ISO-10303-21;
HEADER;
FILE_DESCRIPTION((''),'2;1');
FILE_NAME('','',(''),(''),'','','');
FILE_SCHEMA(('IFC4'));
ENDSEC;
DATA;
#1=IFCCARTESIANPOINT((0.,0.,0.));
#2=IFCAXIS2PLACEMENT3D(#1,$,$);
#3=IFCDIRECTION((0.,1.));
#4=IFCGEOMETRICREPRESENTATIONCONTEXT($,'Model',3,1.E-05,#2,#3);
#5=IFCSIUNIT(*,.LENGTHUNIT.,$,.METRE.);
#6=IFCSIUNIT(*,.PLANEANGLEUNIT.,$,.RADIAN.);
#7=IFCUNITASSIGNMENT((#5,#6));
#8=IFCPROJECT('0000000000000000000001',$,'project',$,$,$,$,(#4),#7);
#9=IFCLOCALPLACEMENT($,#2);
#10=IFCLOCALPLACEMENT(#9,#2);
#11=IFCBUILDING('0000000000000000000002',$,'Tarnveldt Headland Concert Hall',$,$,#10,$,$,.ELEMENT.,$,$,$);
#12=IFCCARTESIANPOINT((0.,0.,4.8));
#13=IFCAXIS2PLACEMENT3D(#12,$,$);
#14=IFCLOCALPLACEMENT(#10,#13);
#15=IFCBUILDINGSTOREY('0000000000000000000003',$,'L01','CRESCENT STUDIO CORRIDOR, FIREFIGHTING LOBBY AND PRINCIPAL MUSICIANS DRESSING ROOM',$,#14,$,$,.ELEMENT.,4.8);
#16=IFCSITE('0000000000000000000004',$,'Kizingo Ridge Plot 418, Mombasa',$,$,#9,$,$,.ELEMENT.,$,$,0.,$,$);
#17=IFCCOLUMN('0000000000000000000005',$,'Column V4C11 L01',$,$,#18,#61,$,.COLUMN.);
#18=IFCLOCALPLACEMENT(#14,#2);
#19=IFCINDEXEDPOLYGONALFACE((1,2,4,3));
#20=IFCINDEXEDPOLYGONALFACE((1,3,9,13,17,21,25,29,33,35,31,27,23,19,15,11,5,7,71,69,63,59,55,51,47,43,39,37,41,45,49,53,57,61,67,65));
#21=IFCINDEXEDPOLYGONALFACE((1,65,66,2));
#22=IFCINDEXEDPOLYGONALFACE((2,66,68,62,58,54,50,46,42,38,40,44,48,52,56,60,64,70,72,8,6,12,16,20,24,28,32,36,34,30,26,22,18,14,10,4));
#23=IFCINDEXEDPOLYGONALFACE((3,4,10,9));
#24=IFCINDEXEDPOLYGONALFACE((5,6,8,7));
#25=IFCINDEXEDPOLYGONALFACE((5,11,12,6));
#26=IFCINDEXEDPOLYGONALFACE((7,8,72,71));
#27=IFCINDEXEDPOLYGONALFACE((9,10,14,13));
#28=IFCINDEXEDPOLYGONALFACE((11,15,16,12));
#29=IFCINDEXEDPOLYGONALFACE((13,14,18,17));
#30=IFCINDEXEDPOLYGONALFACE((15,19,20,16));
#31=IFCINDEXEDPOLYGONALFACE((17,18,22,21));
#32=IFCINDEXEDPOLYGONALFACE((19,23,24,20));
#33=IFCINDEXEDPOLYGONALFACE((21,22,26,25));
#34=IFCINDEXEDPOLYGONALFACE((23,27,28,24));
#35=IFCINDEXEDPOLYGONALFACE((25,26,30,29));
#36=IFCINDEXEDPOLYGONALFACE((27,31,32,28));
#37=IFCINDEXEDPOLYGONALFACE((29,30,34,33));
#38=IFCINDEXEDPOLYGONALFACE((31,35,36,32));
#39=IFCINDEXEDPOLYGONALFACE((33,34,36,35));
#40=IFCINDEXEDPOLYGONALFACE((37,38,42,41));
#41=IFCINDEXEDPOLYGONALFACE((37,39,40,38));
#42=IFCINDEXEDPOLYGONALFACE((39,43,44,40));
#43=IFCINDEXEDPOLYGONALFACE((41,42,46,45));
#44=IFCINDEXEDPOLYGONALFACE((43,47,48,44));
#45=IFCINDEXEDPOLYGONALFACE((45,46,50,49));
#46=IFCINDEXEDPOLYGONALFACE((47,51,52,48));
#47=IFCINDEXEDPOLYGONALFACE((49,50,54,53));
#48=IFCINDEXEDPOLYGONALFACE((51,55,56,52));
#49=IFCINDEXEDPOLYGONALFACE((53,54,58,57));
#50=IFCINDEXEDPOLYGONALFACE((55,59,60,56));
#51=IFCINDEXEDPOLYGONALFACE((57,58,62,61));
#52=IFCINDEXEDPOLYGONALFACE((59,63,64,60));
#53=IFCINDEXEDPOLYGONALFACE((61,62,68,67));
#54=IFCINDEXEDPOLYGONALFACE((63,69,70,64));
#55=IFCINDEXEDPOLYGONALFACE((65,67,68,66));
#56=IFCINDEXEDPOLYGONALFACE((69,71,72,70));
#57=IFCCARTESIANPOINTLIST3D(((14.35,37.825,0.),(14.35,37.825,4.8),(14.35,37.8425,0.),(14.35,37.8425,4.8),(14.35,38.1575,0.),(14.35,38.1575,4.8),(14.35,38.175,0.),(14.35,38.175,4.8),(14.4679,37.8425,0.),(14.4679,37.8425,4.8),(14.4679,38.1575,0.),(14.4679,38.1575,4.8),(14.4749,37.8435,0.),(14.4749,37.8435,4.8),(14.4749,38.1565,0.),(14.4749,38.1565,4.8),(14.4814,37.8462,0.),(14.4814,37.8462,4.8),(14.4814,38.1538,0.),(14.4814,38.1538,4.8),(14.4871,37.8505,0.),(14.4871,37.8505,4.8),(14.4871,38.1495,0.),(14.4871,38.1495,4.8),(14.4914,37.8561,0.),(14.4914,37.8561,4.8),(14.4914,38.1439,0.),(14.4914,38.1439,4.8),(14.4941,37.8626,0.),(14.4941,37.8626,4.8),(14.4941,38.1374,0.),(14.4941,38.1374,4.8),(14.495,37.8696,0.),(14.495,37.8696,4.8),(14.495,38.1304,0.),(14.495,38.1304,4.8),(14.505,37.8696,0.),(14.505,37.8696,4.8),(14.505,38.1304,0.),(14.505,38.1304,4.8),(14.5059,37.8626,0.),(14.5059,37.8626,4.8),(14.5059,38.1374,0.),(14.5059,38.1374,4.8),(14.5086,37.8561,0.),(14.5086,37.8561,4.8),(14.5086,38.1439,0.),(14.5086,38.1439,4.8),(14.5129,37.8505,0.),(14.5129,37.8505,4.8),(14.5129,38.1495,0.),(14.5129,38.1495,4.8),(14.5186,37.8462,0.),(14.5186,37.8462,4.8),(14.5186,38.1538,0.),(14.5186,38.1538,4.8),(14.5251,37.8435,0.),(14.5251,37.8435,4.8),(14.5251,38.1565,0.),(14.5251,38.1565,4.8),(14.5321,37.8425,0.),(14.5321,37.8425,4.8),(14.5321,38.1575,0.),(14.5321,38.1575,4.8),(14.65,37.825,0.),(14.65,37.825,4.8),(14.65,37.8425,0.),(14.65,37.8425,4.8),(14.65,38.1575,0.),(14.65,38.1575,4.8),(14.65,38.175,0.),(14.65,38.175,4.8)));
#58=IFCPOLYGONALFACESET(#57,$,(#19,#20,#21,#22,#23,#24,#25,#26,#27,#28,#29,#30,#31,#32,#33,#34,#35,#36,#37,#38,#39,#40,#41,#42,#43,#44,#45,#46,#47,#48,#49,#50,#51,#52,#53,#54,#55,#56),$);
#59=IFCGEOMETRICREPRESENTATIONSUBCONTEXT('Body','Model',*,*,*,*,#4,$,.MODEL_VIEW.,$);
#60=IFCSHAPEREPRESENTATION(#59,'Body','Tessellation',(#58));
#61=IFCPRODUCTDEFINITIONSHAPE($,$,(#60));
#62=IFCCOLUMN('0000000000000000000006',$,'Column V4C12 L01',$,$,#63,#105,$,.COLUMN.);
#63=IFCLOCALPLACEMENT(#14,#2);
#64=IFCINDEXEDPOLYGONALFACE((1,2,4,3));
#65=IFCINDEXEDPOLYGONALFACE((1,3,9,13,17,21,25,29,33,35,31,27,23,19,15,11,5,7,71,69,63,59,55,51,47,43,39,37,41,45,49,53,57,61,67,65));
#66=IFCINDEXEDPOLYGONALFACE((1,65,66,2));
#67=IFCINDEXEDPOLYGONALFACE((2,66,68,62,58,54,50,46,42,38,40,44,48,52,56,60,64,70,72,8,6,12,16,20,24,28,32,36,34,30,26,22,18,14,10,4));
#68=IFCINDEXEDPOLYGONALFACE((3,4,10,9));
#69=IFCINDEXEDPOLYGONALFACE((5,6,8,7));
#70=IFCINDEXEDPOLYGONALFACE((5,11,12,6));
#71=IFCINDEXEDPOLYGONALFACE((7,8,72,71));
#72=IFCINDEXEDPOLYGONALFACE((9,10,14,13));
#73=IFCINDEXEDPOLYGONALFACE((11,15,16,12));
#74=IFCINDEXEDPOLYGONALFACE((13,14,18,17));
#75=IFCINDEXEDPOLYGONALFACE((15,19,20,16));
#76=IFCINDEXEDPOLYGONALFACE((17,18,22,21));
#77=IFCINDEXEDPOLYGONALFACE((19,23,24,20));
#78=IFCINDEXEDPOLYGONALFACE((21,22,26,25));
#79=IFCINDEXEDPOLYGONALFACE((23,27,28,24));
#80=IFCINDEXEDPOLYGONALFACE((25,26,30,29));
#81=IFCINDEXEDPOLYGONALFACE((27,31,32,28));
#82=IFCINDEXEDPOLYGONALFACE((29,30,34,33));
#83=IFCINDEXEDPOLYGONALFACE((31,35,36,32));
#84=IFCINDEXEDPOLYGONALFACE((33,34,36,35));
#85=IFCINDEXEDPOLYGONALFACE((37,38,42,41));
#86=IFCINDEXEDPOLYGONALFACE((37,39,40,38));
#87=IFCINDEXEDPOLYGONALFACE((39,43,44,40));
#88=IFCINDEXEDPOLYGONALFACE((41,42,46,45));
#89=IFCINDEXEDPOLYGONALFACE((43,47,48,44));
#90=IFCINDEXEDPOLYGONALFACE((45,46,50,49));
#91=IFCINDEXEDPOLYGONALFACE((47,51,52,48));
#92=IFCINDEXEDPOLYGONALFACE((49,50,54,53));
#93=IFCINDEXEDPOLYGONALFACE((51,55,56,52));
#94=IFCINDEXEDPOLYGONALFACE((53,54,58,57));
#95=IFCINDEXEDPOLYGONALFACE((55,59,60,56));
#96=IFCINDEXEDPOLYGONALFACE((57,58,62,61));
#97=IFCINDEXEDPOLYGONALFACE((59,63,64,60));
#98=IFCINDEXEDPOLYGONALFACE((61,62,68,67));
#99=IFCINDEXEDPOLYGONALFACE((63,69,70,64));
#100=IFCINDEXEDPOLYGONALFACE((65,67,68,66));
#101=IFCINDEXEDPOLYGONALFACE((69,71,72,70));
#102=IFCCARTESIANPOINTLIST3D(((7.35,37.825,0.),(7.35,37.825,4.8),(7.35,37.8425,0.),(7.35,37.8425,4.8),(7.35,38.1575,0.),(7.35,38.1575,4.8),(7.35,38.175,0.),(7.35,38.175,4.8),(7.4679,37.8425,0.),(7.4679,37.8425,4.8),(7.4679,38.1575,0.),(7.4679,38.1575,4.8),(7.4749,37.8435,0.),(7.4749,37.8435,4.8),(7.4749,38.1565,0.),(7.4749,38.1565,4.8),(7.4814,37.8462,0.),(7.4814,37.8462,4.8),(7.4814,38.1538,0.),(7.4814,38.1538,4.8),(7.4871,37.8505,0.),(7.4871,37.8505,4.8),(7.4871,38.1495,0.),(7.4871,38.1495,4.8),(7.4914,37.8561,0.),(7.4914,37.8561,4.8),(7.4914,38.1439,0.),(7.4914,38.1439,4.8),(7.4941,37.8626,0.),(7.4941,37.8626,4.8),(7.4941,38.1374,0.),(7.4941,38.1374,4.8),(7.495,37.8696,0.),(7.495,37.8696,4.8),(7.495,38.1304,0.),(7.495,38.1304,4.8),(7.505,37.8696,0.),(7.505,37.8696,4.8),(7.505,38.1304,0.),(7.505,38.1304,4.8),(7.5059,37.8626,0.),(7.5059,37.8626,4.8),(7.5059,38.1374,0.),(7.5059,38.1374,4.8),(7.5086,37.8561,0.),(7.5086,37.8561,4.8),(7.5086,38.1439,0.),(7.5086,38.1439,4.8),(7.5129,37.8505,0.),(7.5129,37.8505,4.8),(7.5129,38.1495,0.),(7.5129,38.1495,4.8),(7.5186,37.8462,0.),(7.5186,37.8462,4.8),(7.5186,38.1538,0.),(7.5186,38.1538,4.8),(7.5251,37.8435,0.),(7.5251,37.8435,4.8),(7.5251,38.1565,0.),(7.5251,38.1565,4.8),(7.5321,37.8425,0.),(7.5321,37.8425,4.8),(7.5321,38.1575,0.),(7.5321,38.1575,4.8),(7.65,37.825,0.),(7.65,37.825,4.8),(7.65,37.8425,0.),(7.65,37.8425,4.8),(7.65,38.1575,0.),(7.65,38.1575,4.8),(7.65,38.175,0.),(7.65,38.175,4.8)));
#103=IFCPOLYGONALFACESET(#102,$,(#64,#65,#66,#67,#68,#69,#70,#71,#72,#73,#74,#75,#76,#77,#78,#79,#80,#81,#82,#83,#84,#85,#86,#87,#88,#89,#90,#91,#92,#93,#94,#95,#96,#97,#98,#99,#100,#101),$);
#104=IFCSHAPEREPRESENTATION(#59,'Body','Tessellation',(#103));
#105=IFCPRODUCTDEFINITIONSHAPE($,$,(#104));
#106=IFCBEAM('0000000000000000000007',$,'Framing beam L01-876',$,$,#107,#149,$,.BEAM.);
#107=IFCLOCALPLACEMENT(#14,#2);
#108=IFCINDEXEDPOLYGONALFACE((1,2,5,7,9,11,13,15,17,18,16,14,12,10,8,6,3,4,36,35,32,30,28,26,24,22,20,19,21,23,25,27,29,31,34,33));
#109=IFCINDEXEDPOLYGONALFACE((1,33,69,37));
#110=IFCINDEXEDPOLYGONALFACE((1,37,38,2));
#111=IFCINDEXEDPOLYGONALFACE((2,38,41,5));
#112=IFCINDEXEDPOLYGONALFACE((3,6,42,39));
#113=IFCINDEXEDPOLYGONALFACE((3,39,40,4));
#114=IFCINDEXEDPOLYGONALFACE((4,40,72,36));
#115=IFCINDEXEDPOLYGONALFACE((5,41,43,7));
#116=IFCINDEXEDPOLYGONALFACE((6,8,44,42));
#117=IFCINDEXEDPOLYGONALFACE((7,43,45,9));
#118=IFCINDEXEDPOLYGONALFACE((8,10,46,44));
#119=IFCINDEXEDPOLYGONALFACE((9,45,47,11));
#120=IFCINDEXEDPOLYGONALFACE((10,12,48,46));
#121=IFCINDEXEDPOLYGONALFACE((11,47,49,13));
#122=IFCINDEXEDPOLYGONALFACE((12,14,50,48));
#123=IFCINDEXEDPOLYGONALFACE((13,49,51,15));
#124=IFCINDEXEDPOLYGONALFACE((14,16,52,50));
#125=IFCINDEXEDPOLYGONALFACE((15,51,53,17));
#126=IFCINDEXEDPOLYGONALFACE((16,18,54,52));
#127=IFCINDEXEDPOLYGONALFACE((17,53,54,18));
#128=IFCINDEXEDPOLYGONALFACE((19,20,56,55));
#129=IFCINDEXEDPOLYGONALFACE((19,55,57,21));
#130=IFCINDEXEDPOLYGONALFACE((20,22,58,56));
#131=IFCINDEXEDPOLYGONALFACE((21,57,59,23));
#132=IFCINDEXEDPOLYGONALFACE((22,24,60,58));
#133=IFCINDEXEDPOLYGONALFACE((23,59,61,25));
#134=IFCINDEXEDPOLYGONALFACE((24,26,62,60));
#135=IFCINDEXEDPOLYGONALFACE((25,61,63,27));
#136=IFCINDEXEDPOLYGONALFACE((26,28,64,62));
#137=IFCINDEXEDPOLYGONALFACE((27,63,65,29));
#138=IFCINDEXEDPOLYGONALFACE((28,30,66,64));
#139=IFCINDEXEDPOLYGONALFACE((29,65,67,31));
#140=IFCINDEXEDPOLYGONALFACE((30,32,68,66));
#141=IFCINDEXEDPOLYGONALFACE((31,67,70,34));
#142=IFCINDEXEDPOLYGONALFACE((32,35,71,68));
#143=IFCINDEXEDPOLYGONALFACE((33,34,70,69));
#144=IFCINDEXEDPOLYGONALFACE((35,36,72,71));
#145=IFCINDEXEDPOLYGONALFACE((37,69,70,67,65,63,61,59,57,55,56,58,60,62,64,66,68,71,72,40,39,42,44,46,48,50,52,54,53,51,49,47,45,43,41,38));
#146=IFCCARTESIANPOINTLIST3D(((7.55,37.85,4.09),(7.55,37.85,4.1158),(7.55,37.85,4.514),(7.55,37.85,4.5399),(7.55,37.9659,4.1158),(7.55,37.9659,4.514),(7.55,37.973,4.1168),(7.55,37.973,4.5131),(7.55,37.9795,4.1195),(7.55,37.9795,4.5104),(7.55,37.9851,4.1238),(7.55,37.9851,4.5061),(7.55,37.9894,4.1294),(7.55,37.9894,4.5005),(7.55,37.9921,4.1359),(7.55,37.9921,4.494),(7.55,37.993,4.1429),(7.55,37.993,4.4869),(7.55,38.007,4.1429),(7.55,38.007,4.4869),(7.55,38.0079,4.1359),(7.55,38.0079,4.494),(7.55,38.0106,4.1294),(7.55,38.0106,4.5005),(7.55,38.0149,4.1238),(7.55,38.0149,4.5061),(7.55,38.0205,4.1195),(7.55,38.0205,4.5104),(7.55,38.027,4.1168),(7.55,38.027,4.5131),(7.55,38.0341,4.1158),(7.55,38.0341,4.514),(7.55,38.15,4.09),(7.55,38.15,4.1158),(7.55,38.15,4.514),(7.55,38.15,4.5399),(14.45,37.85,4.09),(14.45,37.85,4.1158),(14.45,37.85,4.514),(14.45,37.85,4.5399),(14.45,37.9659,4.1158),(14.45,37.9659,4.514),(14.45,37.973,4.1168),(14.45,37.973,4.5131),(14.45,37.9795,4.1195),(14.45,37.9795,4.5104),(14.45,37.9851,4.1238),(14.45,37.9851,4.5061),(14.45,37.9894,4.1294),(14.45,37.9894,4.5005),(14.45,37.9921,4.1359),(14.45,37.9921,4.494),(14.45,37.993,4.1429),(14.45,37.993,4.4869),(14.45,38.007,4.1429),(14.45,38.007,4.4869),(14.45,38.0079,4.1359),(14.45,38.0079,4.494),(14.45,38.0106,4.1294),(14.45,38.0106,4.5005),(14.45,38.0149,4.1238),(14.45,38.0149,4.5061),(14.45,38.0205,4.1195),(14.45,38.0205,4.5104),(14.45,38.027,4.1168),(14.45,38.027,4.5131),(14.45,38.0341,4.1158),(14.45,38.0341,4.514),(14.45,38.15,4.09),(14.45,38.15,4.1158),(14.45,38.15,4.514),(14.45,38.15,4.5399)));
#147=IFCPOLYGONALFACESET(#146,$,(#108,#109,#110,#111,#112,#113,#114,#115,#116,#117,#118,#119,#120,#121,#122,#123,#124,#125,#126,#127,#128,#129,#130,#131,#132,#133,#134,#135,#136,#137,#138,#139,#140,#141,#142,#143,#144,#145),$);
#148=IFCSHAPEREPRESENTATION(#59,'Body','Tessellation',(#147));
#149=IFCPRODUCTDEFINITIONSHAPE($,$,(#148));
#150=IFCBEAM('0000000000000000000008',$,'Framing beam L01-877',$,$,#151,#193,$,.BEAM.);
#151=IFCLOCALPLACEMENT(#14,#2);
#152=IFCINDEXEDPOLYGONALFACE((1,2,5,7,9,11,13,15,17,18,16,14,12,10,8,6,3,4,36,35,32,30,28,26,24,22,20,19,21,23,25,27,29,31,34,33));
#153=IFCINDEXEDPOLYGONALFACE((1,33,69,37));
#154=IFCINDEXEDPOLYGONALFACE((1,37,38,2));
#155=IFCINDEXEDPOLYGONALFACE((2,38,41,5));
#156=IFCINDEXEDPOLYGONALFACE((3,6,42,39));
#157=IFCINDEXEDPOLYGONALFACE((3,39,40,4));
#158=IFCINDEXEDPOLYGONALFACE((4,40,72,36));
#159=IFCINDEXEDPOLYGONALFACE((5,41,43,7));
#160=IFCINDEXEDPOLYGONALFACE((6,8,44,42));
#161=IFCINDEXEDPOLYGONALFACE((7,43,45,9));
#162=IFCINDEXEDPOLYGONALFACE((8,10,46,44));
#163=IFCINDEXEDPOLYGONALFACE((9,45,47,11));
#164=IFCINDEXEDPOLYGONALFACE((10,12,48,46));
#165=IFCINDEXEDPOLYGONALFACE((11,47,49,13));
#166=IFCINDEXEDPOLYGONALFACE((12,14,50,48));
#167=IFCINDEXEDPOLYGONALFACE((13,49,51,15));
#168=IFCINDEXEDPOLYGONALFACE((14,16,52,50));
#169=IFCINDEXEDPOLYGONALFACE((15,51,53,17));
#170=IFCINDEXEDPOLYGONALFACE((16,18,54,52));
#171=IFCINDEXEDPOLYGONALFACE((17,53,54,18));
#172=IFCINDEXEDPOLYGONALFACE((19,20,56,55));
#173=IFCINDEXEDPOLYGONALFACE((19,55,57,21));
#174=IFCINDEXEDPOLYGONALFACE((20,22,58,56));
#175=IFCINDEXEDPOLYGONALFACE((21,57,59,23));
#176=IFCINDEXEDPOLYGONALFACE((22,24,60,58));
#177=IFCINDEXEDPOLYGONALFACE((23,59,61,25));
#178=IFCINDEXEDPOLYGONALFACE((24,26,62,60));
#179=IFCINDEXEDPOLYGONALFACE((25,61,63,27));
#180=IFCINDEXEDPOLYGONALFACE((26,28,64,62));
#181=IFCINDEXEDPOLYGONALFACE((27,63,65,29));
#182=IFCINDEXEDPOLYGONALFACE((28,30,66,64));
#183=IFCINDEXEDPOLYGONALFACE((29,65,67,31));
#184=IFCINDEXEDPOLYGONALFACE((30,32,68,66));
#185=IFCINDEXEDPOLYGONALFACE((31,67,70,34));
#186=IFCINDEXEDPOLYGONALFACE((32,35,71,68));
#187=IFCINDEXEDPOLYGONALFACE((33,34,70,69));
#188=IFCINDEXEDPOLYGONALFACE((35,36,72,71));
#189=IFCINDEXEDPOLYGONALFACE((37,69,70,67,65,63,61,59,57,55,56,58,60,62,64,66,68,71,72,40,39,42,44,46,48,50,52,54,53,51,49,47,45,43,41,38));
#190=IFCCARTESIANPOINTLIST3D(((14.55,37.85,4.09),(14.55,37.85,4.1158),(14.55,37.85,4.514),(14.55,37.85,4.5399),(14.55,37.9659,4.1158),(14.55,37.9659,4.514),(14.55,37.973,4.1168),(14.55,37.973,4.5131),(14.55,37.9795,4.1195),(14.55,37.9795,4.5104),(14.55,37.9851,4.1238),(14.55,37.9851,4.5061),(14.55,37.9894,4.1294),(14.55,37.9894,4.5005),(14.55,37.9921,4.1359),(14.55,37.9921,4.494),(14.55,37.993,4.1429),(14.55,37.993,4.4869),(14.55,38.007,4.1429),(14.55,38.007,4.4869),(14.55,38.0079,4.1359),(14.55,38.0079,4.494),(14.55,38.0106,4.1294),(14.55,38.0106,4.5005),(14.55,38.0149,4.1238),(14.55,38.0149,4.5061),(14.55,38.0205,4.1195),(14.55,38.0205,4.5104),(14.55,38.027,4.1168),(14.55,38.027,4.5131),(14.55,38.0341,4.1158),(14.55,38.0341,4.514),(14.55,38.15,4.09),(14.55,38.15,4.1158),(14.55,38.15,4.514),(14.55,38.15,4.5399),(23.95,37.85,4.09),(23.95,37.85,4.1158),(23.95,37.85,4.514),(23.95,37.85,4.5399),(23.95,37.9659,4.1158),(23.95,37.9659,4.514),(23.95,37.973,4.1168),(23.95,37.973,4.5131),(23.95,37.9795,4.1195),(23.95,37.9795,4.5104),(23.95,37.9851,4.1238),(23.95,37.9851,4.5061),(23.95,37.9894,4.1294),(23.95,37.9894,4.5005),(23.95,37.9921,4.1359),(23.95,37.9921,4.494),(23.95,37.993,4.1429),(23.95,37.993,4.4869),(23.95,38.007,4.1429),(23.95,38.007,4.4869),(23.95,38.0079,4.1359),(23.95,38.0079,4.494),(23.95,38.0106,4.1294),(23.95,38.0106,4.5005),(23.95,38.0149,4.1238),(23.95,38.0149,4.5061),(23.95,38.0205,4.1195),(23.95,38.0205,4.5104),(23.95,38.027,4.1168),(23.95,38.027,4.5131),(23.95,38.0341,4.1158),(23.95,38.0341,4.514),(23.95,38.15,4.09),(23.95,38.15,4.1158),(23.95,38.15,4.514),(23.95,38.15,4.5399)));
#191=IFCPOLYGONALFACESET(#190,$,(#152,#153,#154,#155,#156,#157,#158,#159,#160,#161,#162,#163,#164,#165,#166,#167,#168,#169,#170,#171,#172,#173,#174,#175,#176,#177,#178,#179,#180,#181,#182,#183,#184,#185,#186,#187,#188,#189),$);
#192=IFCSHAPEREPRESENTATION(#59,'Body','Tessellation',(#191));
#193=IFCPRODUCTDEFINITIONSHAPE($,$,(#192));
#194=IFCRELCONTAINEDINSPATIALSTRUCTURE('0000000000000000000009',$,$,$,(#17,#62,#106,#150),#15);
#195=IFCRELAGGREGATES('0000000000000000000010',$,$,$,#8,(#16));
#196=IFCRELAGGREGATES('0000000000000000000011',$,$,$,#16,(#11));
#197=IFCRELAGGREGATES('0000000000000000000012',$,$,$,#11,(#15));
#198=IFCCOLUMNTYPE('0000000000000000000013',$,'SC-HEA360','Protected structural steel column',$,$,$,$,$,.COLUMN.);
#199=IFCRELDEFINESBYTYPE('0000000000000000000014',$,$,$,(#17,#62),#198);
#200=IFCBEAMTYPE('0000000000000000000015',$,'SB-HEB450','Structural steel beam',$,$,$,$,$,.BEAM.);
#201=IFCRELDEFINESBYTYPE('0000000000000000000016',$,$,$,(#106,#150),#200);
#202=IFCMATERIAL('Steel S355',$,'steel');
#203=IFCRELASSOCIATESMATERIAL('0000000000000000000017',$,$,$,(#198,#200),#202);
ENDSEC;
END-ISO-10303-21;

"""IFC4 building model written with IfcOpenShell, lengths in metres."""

from ifc_helpers import new_model, si_unit, direction, frame, origin, origin_2d, place, context, subcontext, project, spatial, i_section, extrude, material, material_profile, profile_set, type_object, element, save


model = new_model("IFC4")

# Units and contexts
model_context = context("Model", 3, precision=1e-05, world=origin(), true_north=direction((0.0, 1.0)))
body_context = subcontext(model_context, "Body", "Model", "MODEL_VIEW")
ifc_project = project(units=[si_unit("LENGTHUNIT", "METRE"), si_unit("PLANEANGLEUNIT", "RADIAN")], contexts=[model_context])

# Site, building, storey
site_placement = place(None, origin())
site = spatial("IfcSite", under=ifc_project, at=site_placement, Name="Kizingo Ridge Plot 418, Mombasa", CompositionType="ELEMENT", RefElevation=0.0)
building_placement = place(site_placement, origin())
building = spatial("IfcBuilding", under=site, at=building_placement, Name="Tarnveldt Headland Concert Hall", CompositionType="ELEMENT")
storey_placement = place(building_placement, frame((0.0, 0.0, 4.8)))
storey = spatial("IfcBuildingStorey", under=building, at=storey_placement, Name="L01", Description="CRESCENT STUDIO CORRIDOR, FIREFIGHTING LOBBY AND PRINCIPAL MUSICIANS DRESSING ROOM", CompositionType="ELEMENT", Elevation=4.8)

# Columns
ifc_material_1 = material(Name="Steel S355", Category="steel")
ifc_material_profile_1 = material_profile(ifc_material_1, i_section(OverallWidth=0.3, OverallDepth=0.3501, WebThickness=0.01, FlangeThickness=0.0176, FilletRadius=0.0271, at=origin_2d()), Name="HEA360", Category="steel")
ifc_profile_set_1 = profile_set([ifc_material_profile_1], Name="Steel S355")
column_type = type_object("IfcColumnType", Name="SC-HEA360", Description="Protected structural steel column", PredefinedType="COLUMN", material=ifc_profile_set_1)
for number, where, z_axis, x_axis, name in (
    (1, (14.5, 38.0, 0.0), (0.0, 0.0, 1.0), (1.0, 0.0, 0.0), "Column V4C11 L01"),
    (2, (7.5, 38.0, 0.0), (0.0, 0.0, 1.0), (1.0, 0.0, 0.0), "Column V4C12 L01"),
):
    element("IfcColumn", number, at=place(storey_placement, frame(where, z_axis=z_axis, x_axis=x_axis)), inside=storey, type_object=column_type, Name=name, PredefinedType="COLUMN", context=body_context, shape_type="SweptSolid", body=[
        extrude(i_section(OverallWidth=0.3, OverallDepth=0.3501, WebThickness=0.01, FlangeThickness=0.0176, FilletRadius=0.0271, at=origin_2d()), origin(), (0.0, 0.0, 1.0), 4.8),
    ])

# Beams
ifc_material_profile_2 = material_profile(ifc_material_1, i_section(OverallWidth=0.3, OverallDepth=0.45, WebThickness=0.0139, FlangeThickness=0.0259, FilletRadius=0.0271, at=origin_2d()), Name="HEB450", Category="steel")
ifc_profile_set_2 = profile_set([ifc_material_profile_2], Name="Steel S355")
beam_type_1 = type_object("IfcBeamType", Name="SB-HEB450", Description="Structural steel beam", PredefinedType="BEAM", material=ifc_profile_set_2)
beam_1_placement = place(storey_placement, frame((7.55, 38.0, 4.3149), z_axis=(1.0, 0.0, 0.0), x_axis=(0.0, 1.0, 0.0)))
element("IfcBeam", 3, at=beam_1_placement, inside=storey, type_object=beam_type_1, Name="Framing beam L01-876", PredefinedType="BEAM", context=body_context, shape_type="SweptSolid", body=[
    extrude(i_section(OverallWidth=0.3, OverallDepth=0.45, WebThickness=0.0139, FlangeThickness=0.0259, FilletRadius=0.0271, at=origin_2d()), origin(), (0.0, 0.0, 1.0), 6.8999),
])
beam_2_placement = place(storey_placement, frame((14.55, 38.0, 4.3149), z_axis=(1.0, 0.0, 0.0), x_axis=(0.0, 1.0, 0.0)))
element("IfcBeam", 4, at=beam_2_placement, inside=storey, type_object=beam_type_1, Name="Framing beam L01-877", PredefinedType="BEAM", context=body_context, shape_type="SweptSolid", body=[
    extrude(i_section(OverallWidth=0.3, OverallDepth=0.45, WebThickness=0.0139, FlangeThickness=0.0259, FilletRadius=0.0271, at=origin_2d()), origin(), (0.0, 0.0, 1.0), 9.3999),
])

save(model, "model.ifc")
